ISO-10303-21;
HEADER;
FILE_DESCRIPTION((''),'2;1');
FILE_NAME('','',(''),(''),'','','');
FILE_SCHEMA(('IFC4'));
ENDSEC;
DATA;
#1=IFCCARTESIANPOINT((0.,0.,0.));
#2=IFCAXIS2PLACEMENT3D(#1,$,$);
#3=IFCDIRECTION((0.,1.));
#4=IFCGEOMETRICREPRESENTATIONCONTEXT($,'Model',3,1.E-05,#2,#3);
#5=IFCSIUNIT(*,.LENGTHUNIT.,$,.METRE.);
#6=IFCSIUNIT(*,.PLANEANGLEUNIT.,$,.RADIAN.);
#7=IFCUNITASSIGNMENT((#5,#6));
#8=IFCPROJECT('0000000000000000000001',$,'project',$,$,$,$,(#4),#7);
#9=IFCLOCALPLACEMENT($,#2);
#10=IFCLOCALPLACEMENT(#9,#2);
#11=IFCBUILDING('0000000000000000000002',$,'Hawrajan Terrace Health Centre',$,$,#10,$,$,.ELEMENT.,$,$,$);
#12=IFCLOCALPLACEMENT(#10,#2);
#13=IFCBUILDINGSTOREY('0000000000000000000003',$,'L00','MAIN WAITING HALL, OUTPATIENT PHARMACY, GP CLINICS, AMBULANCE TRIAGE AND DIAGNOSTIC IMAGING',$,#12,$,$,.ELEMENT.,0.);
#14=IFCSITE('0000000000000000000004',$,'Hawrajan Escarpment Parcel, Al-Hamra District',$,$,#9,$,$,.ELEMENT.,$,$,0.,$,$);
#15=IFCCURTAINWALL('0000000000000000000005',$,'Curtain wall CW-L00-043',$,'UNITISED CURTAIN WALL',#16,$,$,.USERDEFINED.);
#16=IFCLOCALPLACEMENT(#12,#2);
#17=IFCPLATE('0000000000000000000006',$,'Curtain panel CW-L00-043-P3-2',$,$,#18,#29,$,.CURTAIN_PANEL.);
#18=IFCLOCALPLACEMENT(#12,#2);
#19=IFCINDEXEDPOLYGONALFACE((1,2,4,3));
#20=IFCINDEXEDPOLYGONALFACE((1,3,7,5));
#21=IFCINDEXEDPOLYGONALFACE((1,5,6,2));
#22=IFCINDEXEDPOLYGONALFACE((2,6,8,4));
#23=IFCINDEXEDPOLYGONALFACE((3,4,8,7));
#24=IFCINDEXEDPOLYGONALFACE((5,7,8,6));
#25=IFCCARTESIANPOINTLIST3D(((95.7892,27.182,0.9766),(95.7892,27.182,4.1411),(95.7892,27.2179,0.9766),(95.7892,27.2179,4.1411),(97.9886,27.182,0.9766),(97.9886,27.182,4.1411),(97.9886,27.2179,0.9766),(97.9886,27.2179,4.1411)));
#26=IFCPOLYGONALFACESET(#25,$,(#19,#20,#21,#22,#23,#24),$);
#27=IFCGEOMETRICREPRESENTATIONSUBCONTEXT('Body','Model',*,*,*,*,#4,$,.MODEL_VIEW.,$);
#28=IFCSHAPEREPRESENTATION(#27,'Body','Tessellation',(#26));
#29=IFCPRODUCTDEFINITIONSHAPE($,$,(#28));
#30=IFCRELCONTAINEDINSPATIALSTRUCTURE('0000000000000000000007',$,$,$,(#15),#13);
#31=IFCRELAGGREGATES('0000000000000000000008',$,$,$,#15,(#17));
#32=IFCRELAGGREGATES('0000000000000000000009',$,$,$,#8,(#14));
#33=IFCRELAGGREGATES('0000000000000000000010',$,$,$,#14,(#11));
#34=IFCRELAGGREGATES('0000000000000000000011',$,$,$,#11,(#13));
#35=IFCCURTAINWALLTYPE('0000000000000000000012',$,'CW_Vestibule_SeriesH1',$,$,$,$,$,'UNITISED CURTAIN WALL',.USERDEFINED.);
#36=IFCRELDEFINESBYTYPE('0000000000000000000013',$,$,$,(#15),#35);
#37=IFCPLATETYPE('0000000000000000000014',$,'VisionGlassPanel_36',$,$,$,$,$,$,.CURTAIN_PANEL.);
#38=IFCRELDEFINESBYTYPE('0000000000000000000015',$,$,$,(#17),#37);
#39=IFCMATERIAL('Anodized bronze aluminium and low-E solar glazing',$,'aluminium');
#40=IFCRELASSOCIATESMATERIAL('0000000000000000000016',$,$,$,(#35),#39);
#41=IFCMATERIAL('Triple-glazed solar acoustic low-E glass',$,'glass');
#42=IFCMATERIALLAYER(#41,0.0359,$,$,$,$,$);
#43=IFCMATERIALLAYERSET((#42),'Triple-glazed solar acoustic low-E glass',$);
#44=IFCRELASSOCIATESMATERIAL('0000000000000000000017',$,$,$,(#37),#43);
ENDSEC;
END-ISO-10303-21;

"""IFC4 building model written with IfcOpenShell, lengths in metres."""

from ifc_helpers import new_model, si_unit, direction, frame, origin, origin_2d, place, context, subcontext, project, spatial, rectangle, extrude, material, layer, layer_set, type_object, element, aggregate, save


model = new_model("IFC4")

# Units and contexts
model_context = context("Model", 3, precision=1e-05, world=origin(), true_north=direction((0.0, 1.0)))
body_context = subcontext(model_context, "Body", "Model", "MODEL_VIEW")
ifc_project = project(units=[si_unit("LENGTHUNIT", "METRE"), si_unit("PLANEANGLEUNIT", "RADIAN")], contexts=[model_context])

# Site, building, storey
site_placement = place(None, origin())
site = spatial("IfcSite", under=ifc_project, at=site_placement, Name="Hawrajan Escarpment Parcel, Al-Hamra District", CompositionType="ELEMENT", RefElevation=0.0)
building_placement = place(site_placement, origin())
building = spatial("IfcBuilding", under=site, at=building_placement, Name="Hawrajan Terrace Health Centre", CompositionType="ELEMENT")
storey_placement = place(building_placement, origin())
storey = spatial("IfcBuildingStorey", under=building, at=storey_placement, Name="L00", Description="MAIN WAITING HALL, OUTPATIENT PHARMACY, GP CLINICS, AMBULANCE TRIAGE AND DIAGNOSTIC IMAGING", CompositionType="ELEMENT", Elevation=0.0)

# Curtain wall, plate
ifc_material_1 = material(Name="Anodized bronze aluminium and low-E solar glazing", Category="aluminium")
curtain_wall_type = type_object("IfcCurtainWallType", Name="CW_Vestibule_SeriesH1", ElementType="UNITISED CURTAIN WALL", PredefinedType="USERDEFINED", material=ifc_material_1)
curtain_wall_placement = place(storey_placement, origin())
curtain_wall = element("IfcCurtainWall", 1, at=curtain_wall_placement, inside=storey, type_object=curtain_wall_type, Name="Curtain wall CW-L00-043", ObjectType="UNITISED CURTAIN WALL", PredefinedType="USERDEFINED")
ifc_material_2 = material(Name="Triple-glazed solar acoustic low-E glass", Category="glass")
ifc_layer_1 = layer(ifc_material_2, 0.0359)
ifc_layer_set_1 = layer_set([ifc_layer_1], Name="Triple-glazed solar acoustic low-E glass")
plate_type_1 = type_object("IfcPlateType", Name="VisionGlassPanel_36", PredefinedType="CURTAIN_PANEL", material=ifc_layer_set_1)
plate_1_placement = place(storey_placement, frame((96.8889, 27.2, 0.9766), z_axis=(0.0, 0.0, 1.0), x_axis=(1.0, 0.0, 0.0)))
plate_1 = element("IfcPlate", 2, at=plate_1_placement, type_object=plate_type_1, Name="Curtain panel CW-L00-043-P3-2", PredefinedType="CURTAIN_PANEL", context=body_context, shape_type="SweptSolid", body=[
    extrude(rectangle(XDim=2.1995, YDim=0.0359, at=origin_2d()), origin(), (0.0, 0.0, 1.0), 3.1646),
])
aggregate(curtain_wall, [plate_1])

save(model, "model.ifc")
